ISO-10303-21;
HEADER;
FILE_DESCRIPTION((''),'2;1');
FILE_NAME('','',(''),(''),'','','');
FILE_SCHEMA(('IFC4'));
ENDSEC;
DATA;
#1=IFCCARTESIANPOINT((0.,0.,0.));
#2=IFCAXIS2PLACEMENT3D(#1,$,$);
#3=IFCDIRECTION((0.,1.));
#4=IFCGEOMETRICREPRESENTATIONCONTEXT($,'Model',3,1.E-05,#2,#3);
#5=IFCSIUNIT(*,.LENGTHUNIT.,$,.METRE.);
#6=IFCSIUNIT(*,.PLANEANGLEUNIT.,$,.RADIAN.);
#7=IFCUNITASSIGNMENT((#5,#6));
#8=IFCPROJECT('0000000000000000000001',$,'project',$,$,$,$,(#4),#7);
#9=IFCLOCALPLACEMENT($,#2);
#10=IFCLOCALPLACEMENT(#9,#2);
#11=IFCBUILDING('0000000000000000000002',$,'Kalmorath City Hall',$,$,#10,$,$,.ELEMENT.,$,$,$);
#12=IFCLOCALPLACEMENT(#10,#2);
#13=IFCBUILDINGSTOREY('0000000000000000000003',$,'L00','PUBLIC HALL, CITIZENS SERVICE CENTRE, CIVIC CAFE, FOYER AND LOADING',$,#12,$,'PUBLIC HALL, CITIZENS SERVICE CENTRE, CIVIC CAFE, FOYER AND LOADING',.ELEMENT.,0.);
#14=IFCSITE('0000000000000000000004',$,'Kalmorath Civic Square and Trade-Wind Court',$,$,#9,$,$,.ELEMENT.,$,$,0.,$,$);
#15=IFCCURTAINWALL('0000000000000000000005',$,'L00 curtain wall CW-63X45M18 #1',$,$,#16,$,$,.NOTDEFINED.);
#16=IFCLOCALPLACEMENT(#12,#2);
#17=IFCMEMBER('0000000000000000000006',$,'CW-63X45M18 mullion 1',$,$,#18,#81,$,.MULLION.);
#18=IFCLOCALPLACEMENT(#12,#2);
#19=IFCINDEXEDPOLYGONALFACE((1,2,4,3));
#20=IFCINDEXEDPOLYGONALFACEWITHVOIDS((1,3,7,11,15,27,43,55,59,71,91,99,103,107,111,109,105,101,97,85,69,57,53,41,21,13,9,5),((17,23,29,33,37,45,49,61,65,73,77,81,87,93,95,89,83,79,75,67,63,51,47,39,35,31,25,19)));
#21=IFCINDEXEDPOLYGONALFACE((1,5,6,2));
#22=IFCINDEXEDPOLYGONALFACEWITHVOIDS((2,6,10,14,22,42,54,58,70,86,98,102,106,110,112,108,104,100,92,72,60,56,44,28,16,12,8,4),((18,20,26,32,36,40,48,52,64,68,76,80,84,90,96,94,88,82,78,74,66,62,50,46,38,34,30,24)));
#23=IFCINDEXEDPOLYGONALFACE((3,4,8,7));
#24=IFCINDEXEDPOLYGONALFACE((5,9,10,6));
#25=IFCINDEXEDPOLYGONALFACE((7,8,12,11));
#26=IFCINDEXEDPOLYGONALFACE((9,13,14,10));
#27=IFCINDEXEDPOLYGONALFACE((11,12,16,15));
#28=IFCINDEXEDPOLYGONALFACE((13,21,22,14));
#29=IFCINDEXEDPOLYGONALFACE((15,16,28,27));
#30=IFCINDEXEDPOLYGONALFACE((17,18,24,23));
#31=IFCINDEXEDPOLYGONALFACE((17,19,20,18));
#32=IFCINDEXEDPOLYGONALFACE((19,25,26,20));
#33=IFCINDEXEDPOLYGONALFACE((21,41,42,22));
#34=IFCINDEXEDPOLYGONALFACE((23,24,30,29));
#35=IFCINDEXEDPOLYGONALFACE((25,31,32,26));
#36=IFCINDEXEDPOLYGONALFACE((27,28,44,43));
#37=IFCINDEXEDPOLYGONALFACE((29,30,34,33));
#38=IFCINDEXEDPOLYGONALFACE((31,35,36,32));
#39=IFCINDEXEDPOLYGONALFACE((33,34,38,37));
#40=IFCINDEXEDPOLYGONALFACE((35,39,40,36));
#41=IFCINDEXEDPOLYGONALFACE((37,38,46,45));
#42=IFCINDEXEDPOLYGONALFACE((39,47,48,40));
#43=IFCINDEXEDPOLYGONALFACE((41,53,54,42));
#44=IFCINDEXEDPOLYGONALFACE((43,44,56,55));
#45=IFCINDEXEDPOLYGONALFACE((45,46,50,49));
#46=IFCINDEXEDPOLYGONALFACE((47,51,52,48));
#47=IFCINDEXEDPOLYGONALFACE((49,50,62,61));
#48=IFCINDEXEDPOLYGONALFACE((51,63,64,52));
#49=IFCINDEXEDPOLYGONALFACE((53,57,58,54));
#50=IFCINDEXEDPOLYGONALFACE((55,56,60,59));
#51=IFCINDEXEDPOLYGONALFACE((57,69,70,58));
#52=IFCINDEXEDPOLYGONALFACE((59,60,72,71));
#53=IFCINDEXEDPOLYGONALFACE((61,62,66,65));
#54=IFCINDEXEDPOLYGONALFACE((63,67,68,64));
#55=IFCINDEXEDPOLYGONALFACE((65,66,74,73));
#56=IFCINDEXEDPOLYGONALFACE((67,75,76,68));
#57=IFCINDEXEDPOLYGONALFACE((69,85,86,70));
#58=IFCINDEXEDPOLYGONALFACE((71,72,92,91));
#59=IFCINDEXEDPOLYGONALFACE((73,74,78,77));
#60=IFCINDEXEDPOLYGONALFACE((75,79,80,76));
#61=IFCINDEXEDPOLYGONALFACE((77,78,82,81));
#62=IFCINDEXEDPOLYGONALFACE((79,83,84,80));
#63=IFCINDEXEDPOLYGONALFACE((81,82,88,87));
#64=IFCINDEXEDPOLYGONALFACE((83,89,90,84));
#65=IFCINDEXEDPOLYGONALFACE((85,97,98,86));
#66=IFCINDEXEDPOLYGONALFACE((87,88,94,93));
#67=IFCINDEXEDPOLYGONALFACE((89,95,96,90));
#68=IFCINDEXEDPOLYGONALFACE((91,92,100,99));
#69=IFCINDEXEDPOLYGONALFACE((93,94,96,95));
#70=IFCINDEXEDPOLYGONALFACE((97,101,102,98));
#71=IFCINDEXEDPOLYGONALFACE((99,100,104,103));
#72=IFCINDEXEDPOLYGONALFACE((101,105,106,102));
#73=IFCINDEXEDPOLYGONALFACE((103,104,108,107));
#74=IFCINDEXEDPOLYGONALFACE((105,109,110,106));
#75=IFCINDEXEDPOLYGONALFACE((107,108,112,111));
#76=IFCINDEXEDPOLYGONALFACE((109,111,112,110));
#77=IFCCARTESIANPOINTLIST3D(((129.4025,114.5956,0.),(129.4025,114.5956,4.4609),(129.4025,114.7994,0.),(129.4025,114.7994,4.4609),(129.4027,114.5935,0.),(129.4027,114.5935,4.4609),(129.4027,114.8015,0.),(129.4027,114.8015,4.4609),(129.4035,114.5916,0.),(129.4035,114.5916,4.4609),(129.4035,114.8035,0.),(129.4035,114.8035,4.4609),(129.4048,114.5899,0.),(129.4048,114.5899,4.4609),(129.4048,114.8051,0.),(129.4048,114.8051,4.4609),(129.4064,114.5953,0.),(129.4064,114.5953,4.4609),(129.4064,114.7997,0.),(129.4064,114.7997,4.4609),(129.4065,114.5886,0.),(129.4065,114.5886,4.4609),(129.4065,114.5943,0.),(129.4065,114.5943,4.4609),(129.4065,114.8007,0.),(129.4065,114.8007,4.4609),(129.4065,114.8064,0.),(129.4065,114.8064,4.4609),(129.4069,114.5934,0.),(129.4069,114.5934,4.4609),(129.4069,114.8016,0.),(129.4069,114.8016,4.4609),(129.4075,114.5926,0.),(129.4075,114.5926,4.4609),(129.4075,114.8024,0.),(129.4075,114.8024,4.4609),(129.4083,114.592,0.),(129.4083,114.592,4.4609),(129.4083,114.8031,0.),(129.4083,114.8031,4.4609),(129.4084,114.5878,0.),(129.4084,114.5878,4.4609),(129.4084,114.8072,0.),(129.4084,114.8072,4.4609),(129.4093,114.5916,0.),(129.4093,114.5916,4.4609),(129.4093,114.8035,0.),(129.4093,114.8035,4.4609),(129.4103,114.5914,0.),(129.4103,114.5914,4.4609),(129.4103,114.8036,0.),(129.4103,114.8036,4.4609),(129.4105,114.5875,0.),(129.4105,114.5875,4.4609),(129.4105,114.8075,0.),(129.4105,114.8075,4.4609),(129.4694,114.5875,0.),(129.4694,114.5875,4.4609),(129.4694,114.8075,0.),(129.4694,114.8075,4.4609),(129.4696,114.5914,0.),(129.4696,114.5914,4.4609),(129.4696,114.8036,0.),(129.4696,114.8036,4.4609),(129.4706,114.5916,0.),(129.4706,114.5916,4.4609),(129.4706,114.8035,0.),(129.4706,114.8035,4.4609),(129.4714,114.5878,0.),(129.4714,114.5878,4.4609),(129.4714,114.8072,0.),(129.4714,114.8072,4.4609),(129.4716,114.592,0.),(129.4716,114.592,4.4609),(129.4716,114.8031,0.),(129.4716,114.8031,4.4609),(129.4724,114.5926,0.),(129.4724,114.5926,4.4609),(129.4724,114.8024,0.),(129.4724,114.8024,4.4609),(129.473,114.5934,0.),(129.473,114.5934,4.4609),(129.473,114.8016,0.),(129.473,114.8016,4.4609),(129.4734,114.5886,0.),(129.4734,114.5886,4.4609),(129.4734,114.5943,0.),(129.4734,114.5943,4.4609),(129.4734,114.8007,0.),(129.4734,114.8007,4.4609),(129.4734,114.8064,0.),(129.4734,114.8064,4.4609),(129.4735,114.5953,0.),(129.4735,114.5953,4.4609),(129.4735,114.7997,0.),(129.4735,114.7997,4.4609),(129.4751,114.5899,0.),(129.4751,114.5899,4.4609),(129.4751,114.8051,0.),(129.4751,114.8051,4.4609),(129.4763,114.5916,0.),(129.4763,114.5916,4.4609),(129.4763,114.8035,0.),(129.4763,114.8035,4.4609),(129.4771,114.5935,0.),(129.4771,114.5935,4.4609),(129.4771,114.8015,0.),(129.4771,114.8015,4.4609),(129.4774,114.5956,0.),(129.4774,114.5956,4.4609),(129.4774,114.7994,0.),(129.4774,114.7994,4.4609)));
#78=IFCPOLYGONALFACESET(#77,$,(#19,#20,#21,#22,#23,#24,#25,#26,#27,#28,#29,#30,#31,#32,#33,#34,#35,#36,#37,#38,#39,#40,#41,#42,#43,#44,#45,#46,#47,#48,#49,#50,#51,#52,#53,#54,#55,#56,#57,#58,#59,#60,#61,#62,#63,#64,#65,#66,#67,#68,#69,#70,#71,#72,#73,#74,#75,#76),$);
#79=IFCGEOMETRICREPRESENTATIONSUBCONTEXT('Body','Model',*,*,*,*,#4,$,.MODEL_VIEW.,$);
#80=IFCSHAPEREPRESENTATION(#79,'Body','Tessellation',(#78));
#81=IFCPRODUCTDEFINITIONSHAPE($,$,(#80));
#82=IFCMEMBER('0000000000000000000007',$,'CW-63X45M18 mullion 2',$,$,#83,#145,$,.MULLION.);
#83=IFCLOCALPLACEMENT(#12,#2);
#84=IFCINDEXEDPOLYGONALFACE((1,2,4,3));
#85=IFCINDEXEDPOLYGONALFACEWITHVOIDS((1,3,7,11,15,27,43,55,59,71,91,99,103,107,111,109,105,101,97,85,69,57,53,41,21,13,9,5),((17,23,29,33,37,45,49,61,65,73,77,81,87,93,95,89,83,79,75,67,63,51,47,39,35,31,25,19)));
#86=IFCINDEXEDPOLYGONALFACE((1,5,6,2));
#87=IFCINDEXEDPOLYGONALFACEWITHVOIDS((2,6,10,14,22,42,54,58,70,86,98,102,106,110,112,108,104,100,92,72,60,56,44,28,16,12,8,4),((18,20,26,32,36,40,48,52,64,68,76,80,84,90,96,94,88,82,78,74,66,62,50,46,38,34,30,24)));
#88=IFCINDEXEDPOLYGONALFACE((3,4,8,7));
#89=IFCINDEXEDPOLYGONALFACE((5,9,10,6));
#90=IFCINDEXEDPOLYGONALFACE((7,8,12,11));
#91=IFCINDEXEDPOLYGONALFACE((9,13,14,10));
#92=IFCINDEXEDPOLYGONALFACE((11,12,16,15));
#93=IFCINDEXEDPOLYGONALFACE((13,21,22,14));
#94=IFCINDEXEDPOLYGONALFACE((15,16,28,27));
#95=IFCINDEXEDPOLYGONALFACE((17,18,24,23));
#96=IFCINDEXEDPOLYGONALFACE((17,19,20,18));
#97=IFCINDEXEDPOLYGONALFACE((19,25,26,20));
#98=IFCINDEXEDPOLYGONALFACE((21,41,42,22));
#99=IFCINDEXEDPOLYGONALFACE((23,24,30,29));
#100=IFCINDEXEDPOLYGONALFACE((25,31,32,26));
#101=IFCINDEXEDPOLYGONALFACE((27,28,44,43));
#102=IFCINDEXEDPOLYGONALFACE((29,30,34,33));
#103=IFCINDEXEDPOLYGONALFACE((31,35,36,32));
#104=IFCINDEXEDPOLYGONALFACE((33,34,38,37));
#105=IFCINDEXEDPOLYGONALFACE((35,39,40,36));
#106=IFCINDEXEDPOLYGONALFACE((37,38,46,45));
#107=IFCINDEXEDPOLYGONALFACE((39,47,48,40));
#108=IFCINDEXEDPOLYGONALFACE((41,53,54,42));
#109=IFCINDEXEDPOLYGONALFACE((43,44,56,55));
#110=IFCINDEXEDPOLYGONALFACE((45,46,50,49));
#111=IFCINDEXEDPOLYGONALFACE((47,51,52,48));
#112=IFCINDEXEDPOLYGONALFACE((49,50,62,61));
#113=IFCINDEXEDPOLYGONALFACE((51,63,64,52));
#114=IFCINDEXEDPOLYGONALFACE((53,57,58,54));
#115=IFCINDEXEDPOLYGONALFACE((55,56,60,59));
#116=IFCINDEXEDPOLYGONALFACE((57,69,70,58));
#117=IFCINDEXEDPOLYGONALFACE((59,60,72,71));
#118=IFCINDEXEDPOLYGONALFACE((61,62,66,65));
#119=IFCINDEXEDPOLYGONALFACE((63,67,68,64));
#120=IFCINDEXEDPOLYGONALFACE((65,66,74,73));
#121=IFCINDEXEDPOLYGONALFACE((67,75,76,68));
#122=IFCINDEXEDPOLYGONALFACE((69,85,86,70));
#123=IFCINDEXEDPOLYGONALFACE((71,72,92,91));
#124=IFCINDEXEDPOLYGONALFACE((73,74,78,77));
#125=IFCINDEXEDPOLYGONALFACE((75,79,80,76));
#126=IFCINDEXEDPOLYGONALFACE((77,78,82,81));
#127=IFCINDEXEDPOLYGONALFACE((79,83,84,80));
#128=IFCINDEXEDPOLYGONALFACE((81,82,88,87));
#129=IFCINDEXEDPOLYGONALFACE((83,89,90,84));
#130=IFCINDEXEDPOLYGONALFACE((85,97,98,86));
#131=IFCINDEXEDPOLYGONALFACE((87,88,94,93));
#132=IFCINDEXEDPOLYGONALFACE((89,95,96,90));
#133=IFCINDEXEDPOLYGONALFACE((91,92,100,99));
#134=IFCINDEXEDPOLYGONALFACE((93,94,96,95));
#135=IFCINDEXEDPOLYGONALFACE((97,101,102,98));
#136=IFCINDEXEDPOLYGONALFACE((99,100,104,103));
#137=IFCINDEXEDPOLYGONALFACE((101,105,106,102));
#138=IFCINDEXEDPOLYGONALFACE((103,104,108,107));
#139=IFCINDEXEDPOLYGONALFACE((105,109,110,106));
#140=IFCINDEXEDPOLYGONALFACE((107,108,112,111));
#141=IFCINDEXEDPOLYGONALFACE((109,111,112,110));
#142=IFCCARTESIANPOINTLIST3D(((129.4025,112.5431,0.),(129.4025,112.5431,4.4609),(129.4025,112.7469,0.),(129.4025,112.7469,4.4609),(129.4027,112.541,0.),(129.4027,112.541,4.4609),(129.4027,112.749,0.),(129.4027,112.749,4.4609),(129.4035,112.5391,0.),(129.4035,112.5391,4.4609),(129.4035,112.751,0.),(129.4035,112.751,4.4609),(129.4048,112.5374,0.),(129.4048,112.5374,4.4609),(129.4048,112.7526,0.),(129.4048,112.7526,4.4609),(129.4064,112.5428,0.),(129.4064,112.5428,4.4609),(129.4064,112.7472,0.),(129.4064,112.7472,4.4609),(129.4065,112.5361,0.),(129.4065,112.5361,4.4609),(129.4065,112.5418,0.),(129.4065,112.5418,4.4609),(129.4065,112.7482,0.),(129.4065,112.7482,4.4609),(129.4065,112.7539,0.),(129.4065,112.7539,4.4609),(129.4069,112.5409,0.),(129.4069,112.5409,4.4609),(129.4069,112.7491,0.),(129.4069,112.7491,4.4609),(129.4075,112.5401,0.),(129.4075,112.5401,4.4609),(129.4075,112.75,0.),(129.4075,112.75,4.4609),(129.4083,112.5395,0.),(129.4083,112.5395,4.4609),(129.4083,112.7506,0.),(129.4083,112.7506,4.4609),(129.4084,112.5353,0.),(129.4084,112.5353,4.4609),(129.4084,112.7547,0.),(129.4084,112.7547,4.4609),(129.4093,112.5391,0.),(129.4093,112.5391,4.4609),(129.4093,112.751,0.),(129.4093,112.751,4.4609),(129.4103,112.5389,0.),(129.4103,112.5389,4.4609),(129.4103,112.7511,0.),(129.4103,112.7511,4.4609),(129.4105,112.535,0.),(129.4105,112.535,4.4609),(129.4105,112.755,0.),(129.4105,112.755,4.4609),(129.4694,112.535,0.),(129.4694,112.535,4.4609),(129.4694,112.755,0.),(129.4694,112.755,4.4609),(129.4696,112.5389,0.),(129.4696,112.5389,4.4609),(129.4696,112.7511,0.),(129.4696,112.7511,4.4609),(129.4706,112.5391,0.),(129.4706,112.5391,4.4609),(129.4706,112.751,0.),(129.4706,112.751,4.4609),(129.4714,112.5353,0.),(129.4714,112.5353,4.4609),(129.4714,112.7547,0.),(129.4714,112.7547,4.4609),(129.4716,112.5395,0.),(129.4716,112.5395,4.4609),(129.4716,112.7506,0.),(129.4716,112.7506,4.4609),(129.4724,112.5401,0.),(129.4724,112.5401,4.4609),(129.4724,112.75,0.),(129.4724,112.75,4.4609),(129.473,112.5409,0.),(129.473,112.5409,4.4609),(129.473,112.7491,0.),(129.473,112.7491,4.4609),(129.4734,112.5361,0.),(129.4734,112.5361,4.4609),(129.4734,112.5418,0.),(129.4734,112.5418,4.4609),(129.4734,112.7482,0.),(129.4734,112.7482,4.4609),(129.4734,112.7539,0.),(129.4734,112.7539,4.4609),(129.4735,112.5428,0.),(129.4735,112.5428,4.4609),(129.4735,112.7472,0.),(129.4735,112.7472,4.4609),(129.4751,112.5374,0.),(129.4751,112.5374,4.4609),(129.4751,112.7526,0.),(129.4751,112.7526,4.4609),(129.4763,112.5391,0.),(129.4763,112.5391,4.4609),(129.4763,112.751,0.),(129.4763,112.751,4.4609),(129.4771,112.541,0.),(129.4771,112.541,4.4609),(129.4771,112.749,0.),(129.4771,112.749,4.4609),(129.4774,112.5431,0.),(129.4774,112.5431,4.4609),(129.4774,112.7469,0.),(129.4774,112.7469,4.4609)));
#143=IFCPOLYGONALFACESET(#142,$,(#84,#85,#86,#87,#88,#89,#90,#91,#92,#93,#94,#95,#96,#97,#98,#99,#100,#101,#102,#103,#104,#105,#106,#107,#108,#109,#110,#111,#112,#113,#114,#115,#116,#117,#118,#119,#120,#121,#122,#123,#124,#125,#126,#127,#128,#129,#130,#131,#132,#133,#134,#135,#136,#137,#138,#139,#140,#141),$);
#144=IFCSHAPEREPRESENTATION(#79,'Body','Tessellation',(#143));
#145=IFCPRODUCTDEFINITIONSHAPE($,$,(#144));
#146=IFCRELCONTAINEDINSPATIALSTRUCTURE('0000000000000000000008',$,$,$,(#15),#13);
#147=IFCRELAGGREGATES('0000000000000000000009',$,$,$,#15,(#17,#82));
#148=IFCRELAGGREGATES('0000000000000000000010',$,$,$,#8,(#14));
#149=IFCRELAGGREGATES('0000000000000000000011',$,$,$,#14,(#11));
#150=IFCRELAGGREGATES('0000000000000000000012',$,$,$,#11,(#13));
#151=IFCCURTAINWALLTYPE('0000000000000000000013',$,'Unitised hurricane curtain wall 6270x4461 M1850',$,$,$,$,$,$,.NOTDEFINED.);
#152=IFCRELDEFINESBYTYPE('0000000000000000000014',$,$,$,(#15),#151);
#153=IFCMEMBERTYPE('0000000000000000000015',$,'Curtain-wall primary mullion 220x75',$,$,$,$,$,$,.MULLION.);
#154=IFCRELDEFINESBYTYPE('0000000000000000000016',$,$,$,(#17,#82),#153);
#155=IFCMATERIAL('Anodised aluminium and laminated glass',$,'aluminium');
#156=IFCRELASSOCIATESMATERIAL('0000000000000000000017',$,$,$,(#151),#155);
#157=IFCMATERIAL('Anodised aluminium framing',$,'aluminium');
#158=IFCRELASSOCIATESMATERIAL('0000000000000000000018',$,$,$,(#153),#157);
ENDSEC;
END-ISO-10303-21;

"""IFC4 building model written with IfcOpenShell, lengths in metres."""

from ifc_helpers import new_model, si_unit, direction, frame, origin, origin_2d, place, context, subcontext, project, spatial, hollow_rectangle, extrude, material, material_profile, profile_set, type_object, element, aggregate, save


model = new_model("IFC4")

# Units and contexts
model_context = context("Model", 3, precision=1e-05, world=origin(), true_north=direction((0.0, 1.0)))
body_context = subcontext(model_context, "Body", "Model", "MODEL_VIEW")
ifc_project = project(units=[si_unit("LENGTHUNIT", "METRE"), si_unit("PLANEANGLEUNIT", "RADIAN")], contexts=[model_context])

# Site, building, storey
site_placement = place(None, origin())
site = spatial("IfcSite", under=ifc_project, at=site_placement, Name="Kalmorath Civic Square and Trade-Wind Court", CompositionType="ELEMENT", RefElevation=0.0)
building_placement = place(site_placement, origin())
building = spatial("IfcBuilding", under=site, at=building_placement, Name="Kalmorath City Hall", CompositionType="ELEMENT")
storey_placement = place(building_placement, origin())
storey = spatial("IfcBuildingStorey", under=building, at=storey_placement, Name="L00", Description="PUBLIC HALL, CITIZENS SERVICE CENTRE, CIVIC CAFE, FOYER AND LOADING", LongName="PUBLIC HALL, CITIZENS SERVICE CENTRE, CIVIC CAFE, FOYER AND LOADING", CompositionType="ELEMENT", Elevation=0.0)

# Curtain wall, members
ifc_material_1 = material(Name="Anodised aluminium and laminated glass", Category="aluminium")
curtain_wall_type = type_object("IfcCurtainWallType", Name="Unitised hurricane curtain wall 6270x4461 M1850", PredefinedType="NOTDEFINED", material=ifc_material_1)
curtain_wall_placement = place(storey_placement, origin())
curtain_wall = element("IfcCurtainWall", 1, at=curtain_wall_placement, inside=storey, type_object=curtain_wall_type, Name="L00 curtain wall CW-63X45M18 #1", PredefinedType="NOTDEFINED")
ifc_material_2 = material(Name="Anodised aluminium framing", Category="aluminium")
ifc_material_profile_1 = material_profile(ifc_material_2, hollow_rectangle(XDim=0.075, YDim=0.22, WallThickness=0.0039, InnerFilletRadius=0.0039, OuterFilletRadius=0.0081, at=origin_2d()), Name="ALU-MUL-220X75X4")
ifc_profile_set_1 = profile_set([ifc_material_profile_1], Name="Anodised aluminium framing")
member_type_1 = type_object("IfcMemberType", Name="Curtain-wall primary mullion 220x75", PredefinedType="MULLION", material=ifc_profile_set_1)
member_1_placement = place(storey_placement, frame((129.4399, 114.6975, 0.0), z_axis=(0.0, 0.0, 1.0), x_axis=(1.0, 0.0, 0.0)))
member_1 = element("IfcMember", 2, at=member_1_placement, type_object=member_type_1, Name="CW-63X45M18 mullion 1", PredefinedType="MULLION", context=body_context, shape_type="SweptSolid", body=[
    extrude(hollow_rectangle(XDim=0.075, YDim=0.22, WallThickness=0.0039, InnerFilletRadius=0.0039, OuterFilletRadius=0.0081, at=origin_2d()), origin(), (0.0, 0.0, 1.0), 4.4609),
])
member_2_placement = place(storey_placement, frame((129.4399, 112.645, 0.0), z_axis=(0.0, 0.0, 1.0), x_axis=(1.0, 0.0, 0.0)))
member_2 = element("IfcMember", 3, at=member_2_placement, type_object=member_type_1, Name="CW-63X45M18 mullion 2", PredefinedType="MULLION", context=body_context, shape_type="SweptSolid", body=[
    extrude(hollow_rectangle(XDim=0.075, YDim=0.22, WallThickness=0.0039, InnerFilletRadius=0.0039, OuterFilletRadius=0.0081, at=origin_2d()), origin(), (0.0, 0.0, 1.0), 4.4609),
])
aggregate(curtain_wall, [member_1, member_2])

save(model, "model.ifc")
